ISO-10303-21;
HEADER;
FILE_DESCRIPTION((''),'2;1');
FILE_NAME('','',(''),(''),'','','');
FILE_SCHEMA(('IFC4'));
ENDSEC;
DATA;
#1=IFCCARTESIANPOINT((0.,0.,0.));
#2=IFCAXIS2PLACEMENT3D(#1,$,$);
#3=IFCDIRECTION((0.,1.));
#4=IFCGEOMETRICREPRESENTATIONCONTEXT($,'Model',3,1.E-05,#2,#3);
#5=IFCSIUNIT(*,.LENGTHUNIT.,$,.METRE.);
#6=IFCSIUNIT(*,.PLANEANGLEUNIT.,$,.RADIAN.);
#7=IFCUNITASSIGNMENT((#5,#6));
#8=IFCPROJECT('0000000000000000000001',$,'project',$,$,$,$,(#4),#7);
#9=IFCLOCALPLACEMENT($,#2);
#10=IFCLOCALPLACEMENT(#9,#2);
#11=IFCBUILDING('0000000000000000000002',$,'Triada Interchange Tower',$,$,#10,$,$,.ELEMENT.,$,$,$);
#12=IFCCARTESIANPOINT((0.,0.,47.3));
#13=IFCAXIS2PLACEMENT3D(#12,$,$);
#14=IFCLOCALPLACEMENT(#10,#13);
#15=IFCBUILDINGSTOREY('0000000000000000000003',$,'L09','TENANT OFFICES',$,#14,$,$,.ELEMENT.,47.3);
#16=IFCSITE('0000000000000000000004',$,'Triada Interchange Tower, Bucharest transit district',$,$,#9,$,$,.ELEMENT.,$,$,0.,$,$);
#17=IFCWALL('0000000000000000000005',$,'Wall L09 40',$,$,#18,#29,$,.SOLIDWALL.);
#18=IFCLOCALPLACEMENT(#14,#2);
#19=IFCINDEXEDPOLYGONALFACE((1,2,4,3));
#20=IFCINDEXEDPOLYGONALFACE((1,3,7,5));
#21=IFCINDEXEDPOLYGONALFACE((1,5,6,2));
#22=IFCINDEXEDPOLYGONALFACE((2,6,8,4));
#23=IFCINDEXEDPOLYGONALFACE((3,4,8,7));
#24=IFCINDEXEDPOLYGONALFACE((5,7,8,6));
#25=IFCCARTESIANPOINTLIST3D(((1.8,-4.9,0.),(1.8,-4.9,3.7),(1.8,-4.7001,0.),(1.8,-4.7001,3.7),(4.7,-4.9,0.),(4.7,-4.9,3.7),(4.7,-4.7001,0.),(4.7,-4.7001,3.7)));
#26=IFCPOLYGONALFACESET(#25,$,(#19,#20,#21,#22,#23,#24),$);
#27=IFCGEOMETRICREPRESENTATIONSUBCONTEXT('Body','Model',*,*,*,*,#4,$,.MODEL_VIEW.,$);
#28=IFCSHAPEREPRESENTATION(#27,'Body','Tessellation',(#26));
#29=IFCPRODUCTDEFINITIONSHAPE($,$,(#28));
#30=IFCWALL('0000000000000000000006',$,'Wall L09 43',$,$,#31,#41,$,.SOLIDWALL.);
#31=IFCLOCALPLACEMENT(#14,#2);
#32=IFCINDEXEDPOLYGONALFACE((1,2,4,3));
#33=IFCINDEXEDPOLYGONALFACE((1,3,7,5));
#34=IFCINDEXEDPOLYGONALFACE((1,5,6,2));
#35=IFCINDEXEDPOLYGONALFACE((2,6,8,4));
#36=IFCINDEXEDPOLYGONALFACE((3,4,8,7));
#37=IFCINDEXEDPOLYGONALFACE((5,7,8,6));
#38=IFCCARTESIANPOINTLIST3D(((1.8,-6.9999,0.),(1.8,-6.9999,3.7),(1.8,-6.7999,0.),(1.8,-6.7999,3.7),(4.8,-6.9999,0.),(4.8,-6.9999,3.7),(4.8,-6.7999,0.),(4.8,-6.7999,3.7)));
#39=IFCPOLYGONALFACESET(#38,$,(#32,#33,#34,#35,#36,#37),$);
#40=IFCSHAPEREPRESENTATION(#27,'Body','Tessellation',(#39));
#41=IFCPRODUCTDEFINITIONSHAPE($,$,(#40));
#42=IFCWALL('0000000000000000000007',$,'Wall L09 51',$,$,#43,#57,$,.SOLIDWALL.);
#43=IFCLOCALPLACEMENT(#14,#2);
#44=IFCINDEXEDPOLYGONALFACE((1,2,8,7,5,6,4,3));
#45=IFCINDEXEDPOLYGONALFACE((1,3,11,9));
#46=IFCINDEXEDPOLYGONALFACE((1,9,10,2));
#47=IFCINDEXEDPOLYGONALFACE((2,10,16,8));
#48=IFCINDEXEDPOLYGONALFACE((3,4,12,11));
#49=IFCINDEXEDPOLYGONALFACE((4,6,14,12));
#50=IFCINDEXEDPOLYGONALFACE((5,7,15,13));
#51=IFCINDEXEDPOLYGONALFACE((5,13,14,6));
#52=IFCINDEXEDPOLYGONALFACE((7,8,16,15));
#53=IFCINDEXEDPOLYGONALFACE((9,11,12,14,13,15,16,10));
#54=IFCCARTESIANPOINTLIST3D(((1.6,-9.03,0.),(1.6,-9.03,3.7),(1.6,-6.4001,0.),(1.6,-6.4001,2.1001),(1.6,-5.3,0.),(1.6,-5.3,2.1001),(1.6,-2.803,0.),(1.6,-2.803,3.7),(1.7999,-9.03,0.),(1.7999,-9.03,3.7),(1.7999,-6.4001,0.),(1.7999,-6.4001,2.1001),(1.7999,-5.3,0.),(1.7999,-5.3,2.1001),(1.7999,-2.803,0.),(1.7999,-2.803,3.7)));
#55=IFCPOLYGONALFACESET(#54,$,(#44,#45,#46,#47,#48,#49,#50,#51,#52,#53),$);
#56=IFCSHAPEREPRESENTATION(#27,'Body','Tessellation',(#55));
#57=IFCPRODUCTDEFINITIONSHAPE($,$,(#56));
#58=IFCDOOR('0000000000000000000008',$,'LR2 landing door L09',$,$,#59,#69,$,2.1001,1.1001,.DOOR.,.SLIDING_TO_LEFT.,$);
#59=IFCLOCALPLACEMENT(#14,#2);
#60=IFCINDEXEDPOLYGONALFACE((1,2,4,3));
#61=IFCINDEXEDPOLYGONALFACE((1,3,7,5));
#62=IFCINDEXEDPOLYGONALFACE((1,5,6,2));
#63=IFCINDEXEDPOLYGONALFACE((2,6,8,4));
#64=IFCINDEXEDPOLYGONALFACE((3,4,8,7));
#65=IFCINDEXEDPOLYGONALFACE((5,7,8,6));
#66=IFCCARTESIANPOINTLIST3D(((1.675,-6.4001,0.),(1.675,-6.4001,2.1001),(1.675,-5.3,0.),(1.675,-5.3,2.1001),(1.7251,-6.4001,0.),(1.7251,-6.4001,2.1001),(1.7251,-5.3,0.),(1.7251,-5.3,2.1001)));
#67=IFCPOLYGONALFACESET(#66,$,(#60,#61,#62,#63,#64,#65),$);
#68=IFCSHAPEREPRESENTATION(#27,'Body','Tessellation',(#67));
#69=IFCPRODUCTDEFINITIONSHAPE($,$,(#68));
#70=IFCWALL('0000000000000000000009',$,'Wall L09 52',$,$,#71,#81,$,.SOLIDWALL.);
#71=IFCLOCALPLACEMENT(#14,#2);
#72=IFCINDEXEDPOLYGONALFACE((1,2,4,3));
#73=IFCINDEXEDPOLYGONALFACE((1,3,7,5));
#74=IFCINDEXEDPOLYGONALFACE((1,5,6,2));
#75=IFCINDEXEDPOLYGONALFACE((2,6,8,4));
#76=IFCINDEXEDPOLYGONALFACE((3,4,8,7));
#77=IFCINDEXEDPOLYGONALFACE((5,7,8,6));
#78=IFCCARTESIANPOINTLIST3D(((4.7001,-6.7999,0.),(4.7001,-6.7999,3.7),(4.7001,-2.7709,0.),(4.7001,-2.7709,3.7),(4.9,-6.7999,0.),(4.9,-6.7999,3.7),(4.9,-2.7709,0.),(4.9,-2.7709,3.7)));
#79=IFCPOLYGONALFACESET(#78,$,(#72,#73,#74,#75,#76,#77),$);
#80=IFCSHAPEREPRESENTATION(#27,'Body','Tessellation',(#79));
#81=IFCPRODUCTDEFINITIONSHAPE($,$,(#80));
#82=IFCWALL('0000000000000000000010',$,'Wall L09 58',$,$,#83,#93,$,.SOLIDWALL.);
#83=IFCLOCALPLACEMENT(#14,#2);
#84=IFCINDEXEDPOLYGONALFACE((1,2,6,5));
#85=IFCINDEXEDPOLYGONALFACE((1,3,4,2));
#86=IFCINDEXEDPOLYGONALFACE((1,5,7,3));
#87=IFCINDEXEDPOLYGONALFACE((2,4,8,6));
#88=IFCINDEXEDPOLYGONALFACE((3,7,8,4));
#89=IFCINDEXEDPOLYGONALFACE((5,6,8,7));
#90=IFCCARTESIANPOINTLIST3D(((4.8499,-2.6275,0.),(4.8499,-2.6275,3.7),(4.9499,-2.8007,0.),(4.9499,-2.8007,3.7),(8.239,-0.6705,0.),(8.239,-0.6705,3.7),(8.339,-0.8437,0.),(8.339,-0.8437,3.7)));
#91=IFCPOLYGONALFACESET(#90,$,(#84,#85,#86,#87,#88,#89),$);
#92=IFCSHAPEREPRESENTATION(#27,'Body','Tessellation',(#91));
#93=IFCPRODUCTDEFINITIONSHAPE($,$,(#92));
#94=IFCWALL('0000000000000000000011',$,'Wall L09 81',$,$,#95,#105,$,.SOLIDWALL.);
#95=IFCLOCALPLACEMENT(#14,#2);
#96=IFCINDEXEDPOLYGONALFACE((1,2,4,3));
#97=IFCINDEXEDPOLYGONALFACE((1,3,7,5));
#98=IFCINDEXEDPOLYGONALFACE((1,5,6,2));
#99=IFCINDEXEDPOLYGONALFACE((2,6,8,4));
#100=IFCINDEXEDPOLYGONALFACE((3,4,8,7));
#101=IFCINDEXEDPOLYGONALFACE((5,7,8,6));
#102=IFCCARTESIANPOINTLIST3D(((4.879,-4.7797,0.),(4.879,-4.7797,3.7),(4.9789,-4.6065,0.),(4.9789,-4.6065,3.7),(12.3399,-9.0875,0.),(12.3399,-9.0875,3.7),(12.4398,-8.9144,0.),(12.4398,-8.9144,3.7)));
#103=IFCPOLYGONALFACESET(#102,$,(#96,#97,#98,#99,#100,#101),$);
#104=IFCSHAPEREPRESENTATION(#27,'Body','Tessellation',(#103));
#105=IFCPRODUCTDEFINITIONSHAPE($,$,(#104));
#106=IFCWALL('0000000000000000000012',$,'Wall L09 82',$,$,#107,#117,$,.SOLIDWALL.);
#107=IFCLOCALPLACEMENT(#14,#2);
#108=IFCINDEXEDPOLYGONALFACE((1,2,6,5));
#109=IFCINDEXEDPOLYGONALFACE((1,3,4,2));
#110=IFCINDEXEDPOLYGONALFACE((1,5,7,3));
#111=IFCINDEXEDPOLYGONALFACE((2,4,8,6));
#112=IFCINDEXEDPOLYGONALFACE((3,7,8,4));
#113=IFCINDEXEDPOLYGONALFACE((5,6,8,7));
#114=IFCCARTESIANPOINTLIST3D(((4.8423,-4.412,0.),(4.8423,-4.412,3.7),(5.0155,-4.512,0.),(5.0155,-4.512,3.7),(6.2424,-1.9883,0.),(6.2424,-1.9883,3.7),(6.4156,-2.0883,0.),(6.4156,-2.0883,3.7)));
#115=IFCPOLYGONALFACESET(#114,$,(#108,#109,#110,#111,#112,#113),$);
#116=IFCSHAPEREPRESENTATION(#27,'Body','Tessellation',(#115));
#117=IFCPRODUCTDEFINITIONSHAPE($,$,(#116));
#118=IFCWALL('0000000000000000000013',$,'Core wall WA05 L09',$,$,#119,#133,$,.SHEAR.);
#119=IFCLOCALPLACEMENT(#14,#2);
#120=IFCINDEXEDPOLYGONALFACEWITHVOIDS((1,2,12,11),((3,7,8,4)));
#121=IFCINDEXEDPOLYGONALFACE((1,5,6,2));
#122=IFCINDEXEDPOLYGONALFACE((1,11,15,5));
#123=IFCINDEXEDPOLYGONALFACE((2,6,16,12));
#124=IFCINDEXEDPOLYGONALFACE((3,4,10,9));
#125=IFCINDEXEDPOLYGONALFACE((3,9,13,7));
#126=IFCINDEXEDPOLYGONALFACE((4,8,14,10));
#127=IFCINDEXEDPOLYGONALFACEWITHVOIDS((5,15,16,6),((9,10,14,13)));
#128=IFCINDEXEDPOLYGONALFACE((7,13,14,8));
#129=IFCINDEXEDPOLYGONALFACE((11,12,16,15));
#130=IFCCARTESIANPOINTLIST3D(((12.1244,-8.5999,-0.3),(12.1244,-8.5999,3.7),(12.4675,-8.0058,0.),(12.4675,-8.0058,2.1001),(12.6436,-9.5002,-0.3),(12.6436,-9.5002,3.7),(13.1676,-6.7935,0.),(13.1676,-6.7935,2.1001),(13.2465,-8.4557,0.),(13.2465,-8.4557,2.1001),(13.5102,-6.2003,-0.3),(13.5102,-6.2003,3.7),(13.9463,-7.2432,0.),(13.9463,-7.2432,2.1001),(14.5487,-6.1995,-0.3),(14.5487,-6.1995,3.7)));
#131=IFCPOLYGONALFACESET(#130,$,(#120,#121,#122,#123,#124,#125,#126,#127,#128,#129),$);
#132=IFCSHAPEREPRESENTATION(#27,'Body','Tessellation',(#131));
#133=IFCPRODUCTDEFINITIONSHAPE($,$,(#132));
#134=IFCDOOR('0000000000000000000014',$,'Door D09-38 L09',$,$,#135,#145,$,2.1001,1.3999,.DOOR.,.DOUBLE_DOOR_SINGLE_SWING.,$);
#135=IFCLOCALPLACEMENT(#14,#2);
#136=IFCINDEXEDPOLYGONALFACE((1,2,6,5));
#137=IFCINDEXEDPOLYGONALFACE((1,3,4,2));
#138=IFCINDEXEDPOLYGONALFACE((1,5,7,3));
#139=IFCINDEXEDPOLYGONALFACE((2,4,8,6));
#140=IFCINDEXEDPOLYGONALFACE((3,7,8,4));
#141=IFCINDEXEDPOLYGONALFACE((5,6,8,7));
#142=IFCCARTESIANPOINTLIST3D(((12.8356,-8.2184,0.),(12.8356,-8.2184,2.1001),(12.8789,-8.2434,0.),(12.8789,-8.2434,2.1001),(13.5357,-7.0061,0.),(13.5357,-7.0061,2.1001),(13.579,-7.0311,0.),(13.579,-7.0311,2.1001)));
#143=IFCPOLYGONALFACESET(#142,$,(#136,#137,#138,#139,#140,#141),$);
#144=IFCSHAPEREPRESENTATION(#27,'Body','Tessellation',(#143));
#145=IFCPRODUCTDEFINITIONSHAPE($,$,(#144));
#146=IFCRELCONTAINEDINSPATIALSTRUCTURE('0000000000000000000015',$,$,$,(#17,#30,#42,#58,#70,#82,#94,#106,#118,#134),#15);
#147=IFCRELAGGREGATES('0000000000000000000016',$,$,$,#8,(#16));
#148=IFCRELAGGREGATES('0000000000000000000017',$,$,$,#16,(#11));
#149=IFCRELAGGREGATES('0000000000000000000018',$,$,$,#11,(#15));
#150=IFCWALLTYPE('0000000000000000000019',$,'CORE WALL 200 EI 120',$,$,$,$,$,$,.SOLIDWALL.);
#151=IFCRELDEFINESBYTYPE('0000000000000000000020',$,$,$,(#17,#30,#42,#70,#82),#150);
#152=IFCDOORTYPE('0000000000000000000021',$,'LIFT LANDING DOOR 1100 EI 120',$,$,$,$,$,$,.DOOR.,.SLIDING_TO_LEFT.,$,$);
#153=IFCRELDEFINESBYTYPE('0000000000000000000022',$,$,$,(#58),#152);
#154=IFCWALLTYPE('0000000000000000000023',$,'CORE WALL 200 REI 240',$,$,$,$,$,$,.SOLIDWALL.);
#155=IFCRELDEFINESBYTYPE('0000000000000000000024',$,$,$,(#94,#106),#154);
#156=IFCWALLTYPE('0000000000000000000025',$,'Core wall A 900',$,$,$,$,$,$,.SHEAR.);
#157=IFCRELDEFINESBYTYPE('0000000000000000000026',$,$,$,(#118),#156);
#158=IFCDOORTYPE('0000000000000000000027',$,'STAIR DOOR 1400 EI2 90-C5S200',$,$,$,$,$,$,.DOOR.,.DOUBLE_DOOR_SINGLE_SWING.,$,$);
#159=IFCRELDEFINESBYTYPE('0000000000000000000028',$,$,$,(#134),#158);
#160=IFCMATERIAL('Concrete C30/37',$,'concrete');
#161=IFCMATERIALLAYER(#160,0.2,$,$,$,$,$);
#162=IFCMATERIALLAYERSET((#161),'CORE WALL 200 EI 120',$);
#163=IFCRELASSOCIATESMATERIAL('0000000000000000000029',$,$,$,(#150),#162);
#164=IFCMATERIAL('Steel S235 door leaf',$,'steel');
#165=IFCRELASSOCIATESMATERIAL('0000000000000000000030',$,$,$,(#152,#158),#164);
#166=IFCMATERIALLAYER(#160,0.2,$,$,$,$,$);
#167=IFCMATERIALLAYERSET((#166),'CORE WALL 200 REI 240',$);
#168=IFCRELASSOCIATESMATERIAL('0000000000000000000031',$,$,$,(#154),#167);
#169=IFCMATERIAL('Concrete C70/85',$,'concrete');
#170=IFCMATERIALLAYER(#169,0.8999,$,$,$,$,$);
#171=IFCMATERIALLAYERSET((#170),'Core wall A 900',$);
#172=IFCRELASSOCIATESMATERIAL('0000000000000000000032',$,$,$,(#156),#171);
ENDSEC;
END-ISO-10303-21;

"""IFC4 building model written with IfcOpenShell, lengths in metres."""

from ifc_helpers import new_model, si_unit, direction, frame, frame_2d, origin, place, context, subcontext, project, spatial, polyline, rectangle, outline, extrude, material, layer, layer_set, type_object, element, fill, save


model = new_model("IFC4")

# Units and contexts
model_context = context("Model", 3, precision=1e-05, world=origin(), true_north=direction((0.0, 1.0)))
body_context = subcontext(model_context, "Body", "Model", "MODEL_VIEW")
ifc_project = project(units=[si_unit("LENGTHUNIT", "METRE"), si_unit("PLANEANGLEUNIT", "RADIAN")], contexts=[model_context])

# Site, building, storey
site_placement = place(None, origin())
site = spatial("IfcSite", under=ifc_project, at=site_placement, Name="Triada Interchange Tower, Bucharest transit district", CompositionType="ELEMENT", RefElevation=0.0)
building_placement = place(site_placement, origin())
building = spatial("IfcBuilding", under=site, at=building_placement, Name="Triada Interchange Tower", CompositionType="ELEMENT")
storey_placement = place(building_placement, frame((0.0, 0.0, 47.3)))
storey = spatial("IfcBuildingStorey", under=building, at=storey_placement, Name="L09", Description="TENANT OFFICES", CompositionType="ELEMENT", Elevation=47.3)

# Walls
ifc_material_1 = material(Name="Concrete C30/37", Category="concrete")
ifc_layer_1 = layer(ifc_material_1, 0.2)
ifc_layer_set_1 = layer_set([ifc_layer_1], Name="CORE WALL 200 EI 120")
wall_type_1 = type_object("IfcWallType", Name="CORE WALL 200 EI 120", PredefinedType="SOLIDWALL", material=ifc_layer_set_1)
wall_1_placement = place(storey_placement, frame((1.8, -4.8, 0.0), z_axis=(0.0, 0.0, 1.0), x_axis=(1.0, 0.0, 0.0)))
element("IfcWall", 1, at=wall_1_placement, inside=storey, type_object=wall_type_1, Name="Wall L09 40", PredefinedType="SOLIDWALL", context=body_context, shape_type="SweptSolid", body=[
    extrude(rectangle(XDim=2.8999, YDim=0.2, at=frame_2d((1.45, 0.0))), origin(), (0.0, 0.0, 1.0), 3.7),
])
wall_2_placement = place(storey_placement, frame((1.8, -6.8999, 0.0), z_axis=(0.0, 0.0, 1.0), x_axis=(1.0, 0.0, 0.0)))
element("IfcWall", 2, at=wall_2_placement, inside=storey, type_object=wall_type_1, Name="Wall L09 43", PredefinedType="SOLIDWALL", context=body_context, shape_type="SweptSolid", body=[
    extrude(rectangle(XDim=3.0, YDim=0.2, at=frame_2d((1.5, 0.0))), origin(), (0.0, 0.0, 1.0), 3.7),
])

# Wall, opening, door
wall_3_placement = place(storey_placement, frame((1.7, -9.03, 0.0), z_axis=(0.0, 0.0, 1.0), x_axis=(0.0, 1.0, 0.0)))
wall_3 = element("IfcWall", 3, at=wall_3_placement, inside=storey, type_object=wall_type_1, Name="Wall L09 51", PredefinedType="SOLIDWALL", context=body_context, shape_type="SweptSolid", body=[
    extrude(rectangle(XDim=6.2271, YDim=0.2, at=frame_2d((3.1135, 0.0))), origin(), (0.0, 0.0, 1.0), 3.7),
])
opening_1_placement = place(wall_3_placement, frame((2.6299, 0.0, 0.0)))
opening_1 = element("IfcOpeningElement", 4, at=opening_1_placement, cuts=wall_3, PredefinedType="OPENING", context=body_context, shape_type="SweptSolid", body=[
    extrude(rectangle(XDim=1.1001, YDim=2.1001, at=frame_2d((0.55, 1.05))), frame((0.0, 0.1099, 0.0), z_axis=(0.0, -1.0, 0.0), x_axis=(1.0, 0.0, 0.0)), (0.0, 0.0, 1.0), 0.22),
])
ifc_material_2 = material(Name="Steel S235 door leaf", Category="steel")
door_type_1 = type_object("IfcDoorType", Name="LIFT LANDING DOOR 1100 EI 120", OperationType="SLIDING_TO_LEFT", PredefinedType="DOOR", material=ifc_material_2)
door_1_placement = place(opening_1_placement, origin())
door_1 = element("IfcDoor", 5, at=door_1_placement, inside=storey, type_object=door_type_1, Name="LR2 landing door L09", OperationType="SLIDING_TO_LEFT", OverallHeight=2.1001, OverallWidth=1.1001, PredefinedType="DOOR", context=body_context, shape_type="SweptSolid", body=[
    extrude(rectangle(XDim=1.1001, YDim=2.1001, at=frame_2d((0.55, 1.05))), frame((0.0, 0.0249, 0.0), z_axis=(0.0, -1.0, 0.0), x_axis=(1.0, 0.0, 0.0)), (0.0, 0.0, 1.0), 0.05),
])
fill(opening_1, door_1)

# Walls
wall_4_placement = place(storey_placement, frame((4.8, -6.8, 0.0), z_axis=(0.0, 0.0, 1.0), x_axis=(0.0, 1.0, 0.0)))
element("IfcWall", 6, at=wall_4_placement, inside=storey, type_object=wall_type_1, Name="Wall L09 52", PredefinedType="SOLIDWALL", context=body_context, shape_type="SweptSolid", body=[
    extrude(rectangle(XDim=4.0291, YDim=0.2, at=frame_2d((2.0146, 0.0))), origin(), (0.0, 0.0, 1.0), 3.7),
])
wall_5_placement = place(storey_placement, frame((4.8999, -2.7141, 0.0), z_axis=(0.0, 0.0, 1.0), x_axis=(0.865992, 0.500057, 0.0)))
element("IfcWall", 7, at=wall_5_placement, inside=storey, type_object=wall_type_1, Name="Wall L09 58", PredefinedType="SOLIDWALL", context=body_context, shape_type="SweptSolid", body=[
    extrude(rectangle(XDim=3.9136, YDim=0.2, at=frame_2d((1.9568, 0.0))), origin(), (0.0, 0.0, 1.0), 3.7),
])
ifc_layer_2 = layer(ifc_material_1, 0.2)
ifc_layer_set_2 = layer_set([ifc_layer_2], Name="CORE WALL 200 REI 240")
wall_type_2 = type_object("IfcWallType", Name="CORE WALL 200 REI 240", PredefinedType="SOLIDWALL", material=ifc_layer_set_2)
wall_6_placement = place(storey_placement, frame((4.929, -4.6931, 0.0), z_axis=(0.0, 0.0, 1.0), x_axis=(0.866011, -0.500025, 0.0)))
element("IfcWall", 8, at=wall_6_placement, inside=storey, type_object=wall_type_2, Name="Wall L09 81", PredefinedType="SOLIDWALL", context=body_context, shape_type="SweptSolid", body=[
    extrude(rectangle(XDim=8.6152, YDim=0.2, at=frame_2d((4.3076, 0.0))), origin(), (0.0, 0.0, 1.0), 3.7),
])
wall_7_placement = place(storey_placement, frame((4.929, -4.4619, 0.0), z_axis=(0.0, 0.0, 1.0), x_axis=(0.500201, 0.86591, 0.0)))
element("IfcWall", 9, at=wall_7_placement, inside=storey, type_object=wall_type_2, Name="Wall L09 82", PredefinedType="SOLIDWALL", context=body_context, shape_type="SweptSolid", body=[
    extrude(rectangle(XDim=2.7991, YDim=0.2, at=frame_2d((1.3994, 0.0))), origin(), (0.0, 0.0, 1.0), 3.7),
])

# Wall, opening, door
ifc_material_3 = material(Name="Concrete C70/85", Category="concrete")
ifc_layer_3 = layer(ifc_material_3, 0.8999)
ifc_layer_set_3 = layer_set([ifc_layer_3], Name="Core wall A 900")
wall_type_3 = type_object("IfcWallType", Name="Core wall A 900", PredefinedType="SHEAR", material=ifc_layer_set_3)
wall_8_placement = place(storey_placement, frame((12.384, -9.05, -0.3), z_axis=(0.0, 0.0, 1.0), x_axis=(0.500112, 0.865961, 0.0)))
wall_8 = element("IfcWall", 10, at=wall_8_placement, inside=storey, type_object=wall_type_3, Name="Core wall WA05 L09", PredefinedType="SHEAR", context=body_context, shape_type="SweptSolid", body=[
    extrude(outline(polyline([(-0.26, -0.45), (1.6455, -0.4495), (3.551, -0.449), (3.031, 0.45), (1.6455, 0.45), (0.26, 0.45), (-0.26, -0.45)])), origin(), (0.0, 0.0, 1.0), 4.0),
])
opening_2_placement = place(wall_8_placement, frame((0.946, 0.0, 0.3)))
opening_2 = element("IfcOpeningElement", 11, at=opening_2_placement, cuts=wall_8, PredefinedType="OPENING", context=body_context, shape_type="SweptSolid", body=[
    extrude(rectangle(XDim=1.3999, YDim=2.1001, at=frame_2d((0.7, 1.05))), frame((0.0, 0.46, 0.0), z_axis=(0.0, -1.0, 0.0), x_axis=(1.0, 0.0, 0.0)), (0.0, 0.0, 1.0), 0.9199),
])
door_type_2 = type_object("IfcDoorType", Name="STAIR DOOR 1400 EI2 90-C5S200", OperationType="DOUBLE_DOOR_SINGLE_SWING", PredefinedType="DOOR", material=ifc_material_2)
door_2_placement = place(opening_2_placement, origin())
door_2 = element("IfcDoor", 12, at=door_2_placement, inside=storey, type_object=door_type_2, Name="Door D09-38 L09", OperationType="DOUBLE_DOOR_SINGLE_SWING", OverallHeight=2.1001, OverallWidth=1.3999, PredefinedType="DOOR", context=body_context, shape_type="SweptSolid", body=[
    extrude(rectangle(XDim=1.3999, YDim=2.1001, at=frame_2d((0.7, 1.05))), frame((0.0, 0.0249, 0.0), z_axis=(0.0, -1.0, 0.0), x_axis=(1.0, 0.0, 0.0)), (0.0, 0.0, 1.0), 0.05),
])
fill(opening_2, door_2)

save(model, "model.ifc")
